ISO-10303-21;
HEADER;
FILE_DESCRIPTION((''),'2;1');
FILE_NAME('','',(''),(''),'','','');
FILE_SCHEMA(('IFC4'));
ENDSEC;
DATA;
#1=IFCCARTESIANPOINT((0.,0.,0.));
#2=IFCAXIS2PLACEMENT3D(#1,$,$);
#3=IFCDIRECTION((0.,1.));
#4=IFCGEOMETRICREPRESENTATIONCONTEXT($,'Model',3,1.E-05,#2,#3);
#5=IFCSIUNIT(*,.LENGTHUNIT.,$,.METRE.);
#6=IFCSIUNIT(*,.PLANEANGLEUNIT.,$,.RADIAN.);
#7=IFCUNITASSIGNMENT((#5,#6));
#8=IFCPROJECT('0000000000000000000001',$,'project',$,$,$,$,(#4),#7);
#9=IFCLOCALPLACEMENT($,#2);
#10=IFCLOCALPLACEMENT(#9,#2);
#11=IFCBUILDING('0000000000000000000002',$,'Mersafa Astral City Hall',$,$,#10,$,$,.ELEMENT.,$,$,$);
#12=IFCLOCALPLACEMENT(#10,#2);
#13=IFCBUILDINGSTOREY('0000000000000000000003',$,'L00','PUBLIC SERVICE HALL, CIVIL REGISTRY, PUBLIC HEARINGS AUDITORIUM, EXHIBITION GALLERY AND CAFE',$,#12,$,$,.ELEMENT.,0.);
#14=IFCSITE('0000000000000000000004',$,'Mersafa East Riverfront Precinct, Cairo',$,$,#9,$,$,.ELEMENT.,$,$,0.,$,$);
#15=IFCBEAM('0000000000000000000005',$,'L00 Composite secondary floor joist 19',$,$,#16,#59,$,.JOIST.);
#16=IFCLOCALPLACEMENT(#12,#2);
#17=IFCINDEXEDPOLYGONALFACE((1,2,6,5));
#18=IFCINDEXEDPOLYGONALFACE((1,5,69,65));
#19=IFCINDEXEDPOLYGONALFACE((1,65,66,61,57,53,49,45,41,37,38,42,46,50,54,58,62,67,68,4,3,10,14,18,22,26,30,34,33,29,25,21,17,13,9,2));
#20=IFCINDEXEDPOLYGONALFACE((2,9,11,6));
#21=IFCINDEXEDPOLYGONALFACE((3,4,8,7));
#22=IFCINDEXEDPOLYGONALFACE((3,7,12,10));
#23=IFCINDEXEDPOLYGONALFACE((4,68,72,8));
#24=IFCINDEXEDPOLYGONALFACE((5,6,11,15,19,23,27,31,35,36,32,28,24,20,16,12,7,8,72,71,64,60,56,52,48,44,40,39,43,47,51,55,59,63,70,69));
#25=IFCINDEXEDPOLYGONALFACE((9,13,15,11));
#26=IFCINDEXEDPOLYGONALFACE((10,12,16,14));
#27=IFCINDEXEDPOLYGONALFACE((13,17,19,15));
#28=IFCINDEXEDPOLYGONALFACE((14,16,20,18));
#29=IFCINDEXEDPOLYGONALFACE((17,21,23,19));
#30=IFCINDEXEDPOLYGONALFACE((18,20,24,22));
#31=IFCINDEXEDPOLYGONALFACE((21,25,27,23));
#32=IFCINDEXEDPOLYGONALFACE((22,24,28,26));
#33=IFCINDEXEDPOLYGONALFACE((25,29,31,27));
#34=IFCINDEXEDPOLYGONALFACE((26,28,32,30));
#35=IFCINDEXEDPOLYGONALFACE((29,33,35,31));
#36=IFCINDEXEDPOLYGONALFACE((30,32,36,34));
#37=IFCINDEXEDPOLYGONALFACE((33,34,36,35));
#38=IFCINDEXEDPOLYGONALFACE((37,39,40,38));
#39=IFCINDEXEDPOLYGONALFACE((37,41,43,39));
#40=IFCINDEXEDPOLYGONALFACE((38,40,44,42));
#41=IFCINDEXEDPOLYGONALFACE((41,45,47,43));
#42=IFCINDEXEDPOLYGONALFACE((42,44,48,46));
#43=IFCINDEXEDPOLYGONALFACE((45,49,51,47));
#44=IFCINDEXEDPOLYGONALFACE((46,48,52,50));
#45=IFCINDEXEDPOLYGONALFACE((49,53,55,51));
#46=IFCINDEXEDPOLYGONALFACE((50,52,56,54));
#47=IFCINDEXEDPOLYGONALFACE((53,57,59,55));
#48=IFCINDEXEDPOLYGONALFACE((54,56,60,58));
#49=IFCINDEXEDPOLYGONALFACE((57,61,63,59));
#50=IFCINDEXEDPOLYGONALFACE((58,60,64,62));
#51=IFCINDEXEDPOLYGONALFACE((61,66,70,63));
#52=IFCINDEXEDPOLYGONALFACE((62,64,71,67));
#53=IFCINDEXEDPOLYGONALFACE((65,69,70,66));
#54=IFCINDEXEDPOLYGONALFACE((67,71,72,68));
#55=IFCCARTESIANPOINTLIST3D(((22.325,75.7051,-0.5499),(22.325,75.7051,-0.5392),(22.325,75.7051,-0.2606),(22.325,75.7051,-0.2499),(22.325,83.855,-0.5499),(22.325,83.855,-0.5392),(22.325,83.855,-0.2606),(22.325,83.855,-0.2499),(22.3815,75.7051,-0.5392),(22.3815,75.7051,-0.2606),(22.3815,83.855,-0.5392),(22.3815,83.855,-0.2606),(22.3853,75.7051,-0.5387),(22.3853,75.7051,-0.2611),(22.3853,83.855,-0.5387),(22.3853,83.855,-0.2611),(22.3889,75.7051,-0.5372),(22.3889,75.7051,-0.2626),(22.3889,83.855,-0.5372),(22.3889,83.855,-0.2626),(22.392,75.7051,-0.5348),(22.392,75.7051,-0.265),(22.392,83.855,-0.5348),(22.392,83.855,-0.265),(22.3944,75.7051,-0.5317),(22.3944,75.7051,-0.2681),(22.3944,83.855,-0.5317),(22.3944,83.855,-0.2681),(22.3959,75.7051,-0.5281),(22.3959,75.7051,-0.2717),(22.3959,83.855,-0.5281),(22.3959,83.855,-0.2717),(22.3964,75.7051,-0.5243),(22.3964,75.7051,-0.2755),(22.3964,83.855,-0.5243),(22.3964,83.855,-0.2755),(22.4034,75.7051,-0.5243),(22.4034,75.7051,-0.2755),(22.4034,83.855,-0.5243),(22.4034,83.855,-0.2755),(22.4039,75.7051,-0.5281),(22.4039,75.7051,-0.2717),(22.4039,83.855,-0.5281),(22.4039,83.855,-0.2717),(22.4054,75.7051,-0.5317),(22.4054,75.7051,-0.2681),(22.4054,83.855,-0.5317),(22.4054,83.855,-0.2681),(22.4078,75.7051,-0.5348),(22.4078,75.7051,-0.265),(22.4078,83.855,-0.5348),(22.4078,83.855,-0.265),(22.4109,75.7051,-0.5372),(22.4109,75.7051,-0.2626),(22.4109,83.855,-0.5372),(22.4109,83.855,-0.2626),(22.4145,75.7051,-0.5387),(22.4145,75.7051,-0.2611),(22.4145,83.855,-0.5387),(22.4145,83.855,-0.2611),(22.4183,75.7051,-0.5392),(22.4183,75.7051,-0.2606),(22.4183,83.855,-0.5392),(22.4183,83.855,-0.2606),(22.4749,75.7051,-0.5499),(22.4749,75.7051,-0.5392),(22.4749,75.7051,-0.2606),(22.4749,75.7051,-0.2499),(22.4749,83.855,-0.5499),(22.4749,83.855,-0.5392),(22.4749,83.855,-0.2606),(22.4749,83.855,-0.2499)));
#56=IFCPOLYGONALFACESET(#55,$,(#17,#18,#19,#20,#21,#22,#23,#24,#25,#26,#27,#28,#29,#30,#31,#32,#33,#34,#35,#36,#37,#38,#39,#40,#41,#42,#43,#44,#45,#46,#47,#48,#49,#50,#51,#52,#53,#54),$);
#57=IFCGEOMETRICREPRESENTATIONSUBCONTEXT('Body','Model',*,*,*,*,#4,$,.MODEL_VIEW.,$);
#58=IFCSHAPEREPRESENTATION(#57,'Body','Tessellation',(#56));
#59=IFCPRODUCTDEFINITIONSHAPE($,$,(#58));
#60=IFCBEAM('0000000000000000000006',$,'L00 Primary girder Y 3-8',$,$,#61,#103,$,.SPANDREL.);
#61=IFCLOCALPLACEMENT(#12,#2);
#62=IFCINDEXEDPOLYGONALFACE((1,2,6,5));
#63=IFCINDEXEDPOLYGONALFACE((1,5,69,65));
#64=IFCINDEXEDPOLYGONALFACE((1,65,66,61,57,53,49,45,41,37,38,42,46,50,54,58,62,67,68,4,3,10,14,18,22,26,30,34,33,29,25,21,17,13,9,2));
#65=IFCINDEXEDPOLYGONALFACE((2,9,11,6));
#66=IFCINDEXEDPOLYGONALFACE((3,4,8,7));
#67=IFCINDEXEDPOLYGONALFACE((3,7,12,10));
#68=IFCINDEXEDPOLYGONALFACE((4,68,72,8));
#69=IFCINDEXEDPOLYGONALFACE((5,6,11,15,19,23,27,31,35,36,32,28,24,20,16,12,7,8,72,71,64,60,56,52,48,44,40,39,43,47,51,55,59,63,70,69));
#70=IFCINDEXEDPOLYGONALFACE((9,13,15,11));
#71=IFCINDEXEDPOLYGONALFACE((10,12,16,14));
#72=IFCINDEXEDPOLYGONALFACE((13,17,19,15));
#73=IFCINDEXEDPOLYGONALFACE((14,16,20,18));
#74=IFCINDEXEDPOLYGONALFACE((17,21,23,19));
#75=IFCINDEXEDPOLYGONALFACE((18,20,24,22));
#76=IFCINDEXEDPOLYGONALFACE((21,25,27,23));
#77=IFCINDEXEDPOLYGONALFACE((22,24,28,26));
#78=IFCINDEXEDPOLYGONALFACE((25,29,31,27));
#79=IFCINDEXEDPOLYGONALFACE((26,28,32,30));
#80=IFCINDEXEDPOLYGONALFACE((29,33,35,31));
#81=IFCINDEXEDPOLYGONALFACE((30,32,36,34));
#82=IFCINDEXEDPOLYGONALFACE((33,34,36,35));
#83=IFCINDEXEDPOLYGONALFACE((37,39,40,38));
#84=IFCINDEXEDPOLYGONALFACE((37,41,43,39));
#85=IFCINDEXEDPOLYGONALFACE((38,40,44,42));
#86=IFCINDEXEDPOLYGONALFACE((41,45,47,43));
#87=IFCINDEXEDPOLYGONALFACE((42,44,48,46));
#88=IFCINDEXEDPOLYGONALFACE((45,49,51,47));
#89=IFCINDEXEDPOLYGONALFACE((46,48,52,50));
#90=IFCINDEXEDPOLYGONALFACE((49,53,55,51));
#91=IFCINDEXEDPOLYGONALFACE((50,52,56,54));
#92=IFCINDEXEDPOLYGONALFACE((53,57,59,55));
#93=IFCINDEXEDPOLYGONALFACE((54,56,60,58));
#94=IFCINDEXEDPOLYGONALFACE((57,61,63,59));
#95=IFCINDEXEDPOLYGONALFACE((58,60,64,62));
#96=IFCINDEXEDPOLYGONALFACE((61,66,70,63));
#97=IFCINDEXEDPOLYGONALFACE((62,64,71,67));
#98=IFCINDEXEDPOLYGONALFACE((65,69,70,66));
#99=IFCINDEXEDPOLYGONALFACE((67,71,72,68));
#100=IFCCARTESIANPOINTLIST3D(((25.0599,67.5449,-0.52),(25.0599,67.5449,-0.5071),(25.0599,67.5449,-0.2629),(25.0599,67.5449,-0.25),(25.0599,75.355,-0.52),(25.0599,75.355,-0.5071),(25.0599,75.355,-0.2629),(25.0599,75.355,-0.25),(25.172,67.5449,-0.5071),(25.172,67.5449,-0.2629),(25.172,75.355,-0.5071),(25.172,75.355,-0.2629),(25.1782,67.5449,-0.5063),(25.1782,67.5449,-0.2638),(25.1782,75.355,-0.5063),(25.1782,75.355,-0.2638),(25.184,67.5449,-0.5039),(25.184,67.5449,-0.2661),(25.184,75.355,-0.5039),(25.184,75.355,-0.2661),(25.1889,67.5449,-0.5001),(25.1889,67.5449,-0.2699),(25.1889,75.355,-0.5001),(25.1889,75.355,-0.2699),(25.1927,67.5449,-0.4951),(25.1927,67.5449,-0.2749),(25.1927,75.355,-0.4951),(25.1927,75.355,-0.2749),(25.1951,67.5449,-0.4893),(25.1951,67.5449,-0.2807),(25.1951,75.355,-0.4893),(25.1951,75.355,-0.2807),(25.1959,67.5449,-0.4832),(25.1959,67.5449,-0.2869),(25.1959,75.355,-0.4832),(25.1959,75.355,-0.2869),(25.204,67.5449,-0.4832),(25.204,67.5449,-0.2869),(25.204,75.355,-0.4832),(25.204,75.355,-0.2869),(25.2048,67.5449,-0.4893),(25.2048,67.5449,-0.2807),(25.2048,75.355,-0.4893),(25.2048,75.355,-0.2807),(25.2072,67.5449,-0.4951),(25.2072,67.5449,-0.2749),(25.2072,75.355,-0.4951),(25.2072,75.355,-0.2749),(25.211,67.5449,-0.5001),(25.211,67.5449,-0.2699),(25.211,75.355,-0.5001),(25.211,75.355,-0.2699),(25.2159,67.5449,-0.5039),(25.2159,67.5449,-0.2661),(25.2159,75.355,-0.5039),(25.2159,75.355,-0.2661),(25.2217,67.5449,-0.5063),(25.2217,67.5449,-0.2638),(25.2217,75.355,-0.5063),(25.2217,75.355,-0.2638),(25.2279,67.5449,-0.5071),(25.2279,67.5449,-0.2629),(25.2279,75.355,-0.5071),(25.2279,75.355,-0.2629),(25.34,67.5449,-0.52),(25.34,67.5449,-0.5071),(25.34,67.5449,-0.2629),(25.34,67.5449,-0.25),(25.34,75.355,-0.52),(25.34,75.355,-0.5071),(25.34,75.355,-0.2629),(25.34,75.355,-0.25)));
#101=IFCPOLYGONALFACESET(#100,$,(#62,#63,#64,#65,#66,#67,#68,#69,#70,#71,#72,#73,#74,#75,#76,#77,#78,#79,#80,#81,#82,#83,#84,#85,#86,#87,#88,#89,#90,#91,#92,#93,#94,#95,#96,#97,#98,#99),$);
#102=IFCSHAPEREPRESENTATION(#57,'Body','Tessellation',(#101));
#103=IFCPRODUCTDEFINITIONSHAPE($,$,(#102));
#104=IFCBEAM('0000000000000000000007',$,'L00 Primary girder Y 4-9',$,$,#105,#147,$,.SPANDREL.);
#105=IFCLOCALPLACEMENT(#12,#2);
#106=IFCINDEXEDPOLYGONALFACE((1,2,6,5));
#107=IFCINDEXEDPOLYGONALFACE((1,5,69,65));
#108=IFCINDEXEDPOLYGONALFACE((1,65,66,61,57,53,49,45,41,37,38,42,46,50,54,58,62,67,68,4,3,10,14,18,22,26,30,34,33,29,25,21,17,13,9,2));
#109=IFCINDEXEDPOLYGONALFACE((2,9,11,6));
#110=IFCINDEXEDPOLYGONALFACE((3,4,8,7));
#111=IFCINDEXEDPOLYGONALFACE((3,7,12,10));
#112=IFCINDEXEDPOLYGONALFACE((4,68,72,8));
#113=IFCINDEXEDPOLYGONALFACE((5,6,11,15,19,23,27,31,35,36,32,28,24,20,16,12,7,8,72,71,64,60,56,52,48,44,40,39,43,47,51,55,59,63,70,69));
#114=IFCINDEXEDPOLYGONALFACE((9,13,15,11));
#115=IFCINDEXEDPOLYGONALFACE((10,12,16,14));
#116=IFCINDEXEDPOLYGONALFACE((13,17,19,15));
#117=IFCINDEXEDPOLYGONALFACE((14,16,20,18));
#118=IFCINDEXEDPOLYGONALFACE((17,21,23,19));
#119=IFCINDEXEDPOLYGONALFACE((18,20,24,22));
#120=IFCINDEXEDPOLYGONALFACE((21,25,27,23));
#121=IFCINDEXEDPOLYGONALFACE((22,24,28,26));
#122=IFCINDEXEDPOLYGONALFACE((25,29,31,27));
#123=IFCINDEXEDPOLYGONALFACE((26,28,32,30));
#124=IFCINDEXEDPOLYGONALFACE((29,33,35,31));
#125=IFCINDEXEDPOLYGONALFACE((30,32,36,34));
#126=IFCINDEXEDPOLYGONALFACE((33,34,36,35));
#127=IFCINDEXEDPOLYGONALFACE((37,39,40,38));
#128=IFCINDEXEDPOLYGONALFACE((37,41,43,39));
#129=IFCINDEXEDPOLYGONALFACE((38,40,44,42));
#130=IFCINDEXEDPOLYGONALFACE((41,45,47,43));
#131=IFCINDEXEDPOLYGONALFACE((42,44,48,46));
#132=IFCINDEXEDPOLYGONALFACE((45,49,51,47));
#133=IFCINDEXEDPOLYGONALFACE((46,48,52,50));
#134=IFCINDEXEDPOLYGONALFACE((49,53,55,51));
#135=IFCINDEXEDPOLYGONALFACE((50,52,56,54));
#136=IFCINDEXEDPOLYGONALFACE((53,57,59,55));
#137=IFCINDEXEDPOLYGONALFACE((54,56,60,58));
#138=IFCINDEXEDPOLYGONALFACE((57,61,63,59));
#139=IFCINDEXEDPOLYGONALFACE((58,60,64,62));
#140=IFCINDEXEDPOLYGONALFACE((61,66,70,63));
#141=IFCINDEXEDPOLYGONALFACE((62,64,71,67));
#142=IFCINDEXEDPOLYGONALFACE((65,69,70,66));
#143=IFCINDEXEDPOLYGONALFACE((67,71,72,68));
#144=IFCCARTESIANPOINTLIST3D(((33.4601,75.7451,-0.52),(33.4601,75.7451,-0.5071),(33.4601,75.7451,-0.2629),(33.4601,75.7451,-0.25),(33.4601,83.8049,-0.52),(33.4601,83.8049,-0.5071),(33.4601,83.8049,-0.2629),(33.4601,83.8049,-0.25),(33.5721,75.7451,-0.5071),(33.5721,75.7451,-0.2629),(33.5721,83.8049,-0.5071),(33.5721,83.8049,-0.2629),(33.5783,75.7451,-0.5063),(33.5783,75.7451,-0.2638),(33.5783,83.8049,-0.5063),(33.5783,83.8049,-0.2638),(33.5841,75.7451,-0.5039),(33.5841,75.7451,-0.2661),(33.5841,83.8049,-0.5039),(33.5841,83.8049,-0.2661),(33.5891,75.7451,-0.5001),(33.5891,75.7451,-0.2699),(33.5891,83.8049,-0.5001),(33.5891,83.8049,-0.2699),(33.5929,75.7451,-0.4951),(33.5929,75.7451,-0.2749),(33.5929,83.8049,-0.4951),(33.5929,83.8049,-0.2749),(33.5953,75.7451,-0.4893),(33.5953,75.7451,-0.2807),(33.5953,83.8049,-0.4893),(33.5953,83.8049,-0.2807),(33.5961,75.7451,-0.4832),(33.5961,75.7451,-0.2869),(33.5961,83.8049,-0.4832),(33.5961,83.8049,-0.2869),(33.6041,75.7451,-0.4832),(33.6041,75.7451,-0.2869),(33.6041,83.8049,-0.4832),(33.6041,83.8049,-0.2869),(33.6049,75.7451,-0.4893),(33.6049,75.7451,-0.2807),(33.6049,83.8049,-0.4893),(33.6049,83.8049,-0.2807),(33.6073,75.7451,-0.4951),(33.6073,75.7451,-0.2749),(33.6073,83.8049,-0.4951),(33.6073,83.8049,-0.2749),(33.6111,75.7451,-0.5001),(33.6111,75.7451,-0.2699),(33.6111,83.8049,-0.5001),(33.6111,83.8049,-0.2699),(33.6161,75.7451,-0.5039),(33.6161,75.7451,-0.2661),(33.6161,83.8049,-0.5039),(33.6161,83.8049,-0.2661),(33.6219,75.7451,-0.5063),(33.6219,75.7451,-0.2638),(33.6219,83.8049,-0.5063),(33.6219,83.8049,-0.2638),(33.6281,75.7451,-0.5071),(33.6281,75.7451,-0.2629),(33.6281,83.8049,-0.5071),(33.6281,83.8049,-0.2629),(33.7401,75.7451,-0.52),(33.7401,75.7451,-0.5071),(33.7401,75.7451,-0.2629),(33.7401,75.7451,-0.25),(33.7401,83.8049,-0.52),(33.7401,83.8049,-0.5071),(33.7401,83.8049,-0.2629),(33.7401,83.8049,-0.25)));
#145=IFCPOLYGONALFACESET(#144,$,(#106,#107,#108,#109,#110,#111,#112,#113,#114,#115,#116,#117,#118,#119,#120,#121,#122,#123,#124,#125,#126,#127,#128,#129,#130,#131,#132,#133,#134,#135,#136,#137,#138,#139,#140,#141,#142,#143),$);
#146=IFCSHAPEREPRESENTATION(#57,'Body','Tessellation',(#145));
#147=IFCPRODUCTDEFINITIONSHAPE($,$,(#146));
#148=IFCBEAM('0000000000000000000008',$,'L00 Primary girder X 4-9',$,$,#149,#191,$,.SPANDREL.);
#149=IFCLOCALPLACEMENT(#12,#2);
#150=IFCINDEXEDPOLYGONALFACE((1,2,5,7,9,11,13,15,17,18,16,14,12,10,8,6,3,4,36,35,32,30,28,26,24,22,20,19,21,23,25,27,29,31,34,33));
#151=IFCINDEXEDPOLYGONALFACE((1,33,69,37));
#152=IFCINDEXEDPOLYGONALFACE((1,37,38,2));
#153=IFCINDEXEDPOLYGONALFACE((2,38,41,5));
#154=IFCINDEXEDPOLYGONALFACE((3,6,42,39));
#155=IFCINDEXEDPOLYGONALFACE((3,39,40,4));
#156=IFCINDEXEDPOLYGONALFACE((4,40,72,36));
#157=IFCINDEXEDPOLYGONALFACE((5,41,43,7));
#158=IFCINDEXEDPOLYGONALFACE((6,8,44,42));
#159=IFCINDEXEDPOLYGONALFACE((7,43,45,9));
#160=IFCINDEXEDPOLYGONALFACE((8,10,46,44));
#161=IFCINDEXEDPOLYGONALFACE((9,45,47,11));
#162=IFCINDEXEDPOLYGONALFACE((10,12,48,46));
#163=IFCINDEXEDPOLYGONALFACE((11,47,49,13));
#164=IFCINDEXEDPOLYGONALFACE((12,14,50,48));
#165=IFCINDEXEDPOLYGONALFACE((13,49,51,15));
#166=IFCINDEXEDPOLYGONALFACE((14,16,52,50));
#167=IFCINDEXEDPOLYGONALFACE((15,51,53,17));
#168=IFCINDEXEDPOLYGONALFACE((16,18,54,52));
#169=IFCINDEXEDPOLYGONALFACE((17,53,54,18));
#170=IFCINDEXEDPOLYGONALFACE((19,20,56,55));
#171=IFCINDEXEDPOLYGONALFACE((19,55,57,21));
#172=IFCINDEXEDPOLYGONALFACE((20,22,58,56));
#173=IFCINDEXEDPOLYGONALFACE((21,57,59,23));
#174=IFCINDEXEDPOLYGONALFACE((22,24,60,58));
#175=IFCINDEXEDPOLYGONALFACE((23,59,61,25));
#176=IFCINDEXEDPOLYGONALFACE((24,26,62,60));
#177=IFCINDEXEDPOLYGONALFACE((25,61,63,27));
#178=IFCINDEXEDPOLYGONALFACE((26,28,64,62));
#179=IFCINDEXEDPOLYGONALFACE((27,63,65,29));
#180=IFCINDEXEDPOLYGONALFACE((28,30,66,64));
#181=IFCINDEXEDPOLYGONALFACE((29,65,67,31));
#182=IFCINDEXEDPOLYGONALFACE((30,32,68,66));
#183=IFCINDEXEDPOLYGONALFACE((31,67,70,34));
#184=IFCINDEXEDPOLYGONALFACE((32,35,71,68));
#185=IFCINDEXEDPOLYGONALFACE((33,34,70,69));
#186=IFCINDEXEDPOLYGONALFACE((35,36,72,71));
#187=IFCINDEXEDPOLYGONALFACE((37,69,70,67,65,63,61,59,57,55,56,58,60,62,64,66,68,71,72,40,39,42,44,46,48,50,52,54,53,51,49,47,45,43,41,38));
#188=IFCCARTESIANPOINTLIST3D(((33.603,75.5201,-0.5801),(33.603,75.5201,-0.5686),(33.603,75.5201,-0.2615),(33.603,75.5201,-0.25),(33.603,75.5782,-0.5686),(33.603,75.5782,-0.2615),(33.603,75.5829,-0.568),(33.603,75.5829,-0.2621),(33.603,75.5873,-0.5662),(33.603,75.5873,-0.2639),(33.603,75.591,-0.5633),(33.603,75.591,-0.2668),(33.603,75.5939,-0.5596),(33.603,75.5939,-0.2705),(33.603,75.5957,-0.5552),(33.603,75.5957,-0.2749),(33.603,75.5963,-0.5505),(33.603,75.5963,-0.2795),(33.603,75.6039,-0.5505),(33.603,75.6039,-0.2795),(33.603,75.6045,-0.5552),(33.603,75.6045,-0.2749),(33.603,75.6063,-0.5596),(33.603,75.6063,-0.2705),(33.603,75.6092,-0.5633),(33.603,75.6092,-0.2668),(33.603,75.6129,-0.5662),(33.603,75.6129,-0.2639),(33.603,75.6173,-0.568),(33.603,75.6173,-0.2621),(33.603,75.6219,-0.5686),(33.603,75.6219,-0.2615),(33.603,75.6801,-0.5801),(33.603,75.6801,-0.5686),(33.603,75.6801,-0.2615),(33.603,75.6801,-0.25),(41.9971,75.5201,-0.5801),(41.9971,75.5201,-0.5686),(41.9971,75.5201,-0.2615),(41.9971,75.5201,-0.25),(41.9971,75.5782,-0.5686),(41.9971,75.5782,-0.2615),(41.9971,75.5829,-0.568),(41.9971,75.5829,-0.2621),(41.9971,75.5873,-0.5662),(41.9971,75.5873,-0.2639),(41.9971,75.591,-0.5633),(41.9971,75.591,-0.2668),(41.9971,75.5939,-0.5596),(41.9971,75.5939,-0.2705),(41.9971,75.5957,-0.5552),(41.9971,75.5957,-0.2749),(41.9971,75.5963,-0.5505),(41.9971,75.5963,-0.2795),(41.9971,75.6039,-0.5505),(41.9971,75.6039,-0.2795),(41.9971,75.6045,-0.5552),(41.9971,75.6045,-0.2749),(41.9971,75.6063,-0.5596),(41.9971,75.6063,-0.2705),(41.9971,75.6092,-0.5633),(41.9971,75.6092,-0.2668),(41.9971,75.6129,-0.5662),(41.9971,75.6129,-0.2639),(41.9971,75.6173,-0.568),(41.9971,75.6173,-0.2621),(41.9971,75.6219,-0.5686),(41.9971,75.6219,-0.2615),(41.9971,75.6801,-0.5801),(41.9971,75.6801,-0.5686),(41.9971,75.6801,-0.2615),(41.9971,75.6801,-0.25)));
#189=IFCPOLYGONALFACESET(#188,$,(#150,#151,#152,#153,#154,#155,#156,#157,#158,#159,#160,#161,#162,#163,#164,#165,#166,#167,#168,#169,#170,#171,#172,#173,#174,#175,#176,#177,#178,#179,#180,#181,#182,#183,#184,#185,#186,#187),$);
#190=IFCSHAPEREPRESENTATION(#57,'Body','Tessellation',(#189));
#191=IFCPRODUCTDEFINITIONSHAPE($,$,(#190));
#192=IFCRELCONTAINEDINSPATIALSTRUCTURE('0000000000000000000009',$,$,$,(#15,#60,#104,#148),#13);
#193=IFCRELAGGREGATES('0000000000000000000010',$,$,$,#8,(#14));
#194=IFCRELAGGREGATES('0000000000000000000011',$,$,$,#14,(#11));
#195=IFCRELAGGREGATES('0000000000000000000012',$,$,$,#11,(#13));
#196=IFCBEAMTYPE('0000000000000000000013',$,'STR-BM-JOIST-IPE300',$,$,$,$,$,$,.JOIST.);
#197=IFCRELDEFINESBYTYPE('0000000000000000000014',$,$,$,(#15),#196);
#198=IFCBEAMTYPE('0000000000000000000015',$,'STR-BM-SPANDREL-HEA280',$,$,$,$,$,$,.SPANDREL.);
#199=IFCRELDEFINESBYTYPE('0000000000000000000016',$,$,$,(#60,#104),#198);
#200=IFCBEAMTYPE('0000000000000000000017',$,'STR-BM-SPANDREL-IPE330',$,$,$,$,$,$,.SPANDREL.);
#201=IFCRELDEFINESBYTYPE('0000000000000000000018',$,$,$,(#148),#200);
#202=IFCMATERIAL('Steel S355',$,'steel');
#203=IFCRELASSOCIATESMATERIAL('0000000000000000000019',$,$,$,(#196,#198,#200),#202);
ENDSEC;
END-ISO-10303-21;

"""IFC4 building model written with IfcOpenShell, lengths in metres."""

from ifc_helpers import new_model, si_unit, direction, frame, origin, origin_2d, place, context, subcontext, project, spatial, i_section, extrude, material, material_profile, profile_set, type_object, element, save


model = new_model("IFC4")

# Units and contexts
model_context = context("Model", 3, precision=1e-05, world=origin(), true_north=direction((0.0, 1.0)))
body_context = subcontext(model_context, "Body", "Model", "MODEL_VIEW")
ifc_project = project(units=[si_unit("LENGTHUNIT", "METRE"), si_unit("PLANEANGLEUNIT", "RADIAN")], contexts=[model_context])

# Site, building, storey
site_placement = place(None, origin())
site = spatial("IfcSite", under=ifc_project, at=site_placement, Name="Mersafa East Riverfront Precinct, Cairo", CompositionType="ELEMENT", RefElevation=0.0)
building_placement = place(site_placement, origin())
building = spatial("IfcBuilding", under=site, at=building_placement, Name="Mersafa Astral City Hall", CompositionType="ELEMENT")
storey_placement = place(building_placement, origin())
storey = spatial("IfcBuildingStorey", under=building, at=storey_placement, Name="L00", Description="PUBLIC SERVICE HALL, CIVIL REGISTRY, PUBLIC HEARINGS AUDITORIUM, EXHIBITION GALLERY AND CAFE", CompositionType="ELEMENT", Elevation=0.0)

# Shared definitions
ifc_material_1 = material(Name="Steel S355", Category="steel")

# Beams
ifc_material_profile_1 = material_profile(ifc_material_1, i_section(OverallWidth=0.1499, OverallDepth=0.3, WebThickness=0.0071, FlangeThickness=0.0107, FilletRadius=0.0149, at=origin_2d()), Name="IPE 300")
ifc_profile_set_1 = profile_set([ifc_material_profile_1], Name="Steel S355")
beam_type_1 = type_object("IfcBeamType", Name="STR-BM-JOIST-IPE300", PredefinedType="JOIST", material=ifc_profile_set_1)
for number, where, z_axis, x_axis, name in (
    (1, (22.3999, 75.7051, -0.3999), (0.0, 1.0, 0.0), (-1.0, 0.0, 0.0), "L00 Composite secondary floor joist 19"),
):
    element("IfcBeam", number, at=place(storey_placement, frame(where, z_axis=z_axis, x_axis=x_axis)), inside=storey, type_object=beam_type_1, Name=name, PredefinedType="JOIST", context=body_context, shape_type="SweptSolid", body=[
        extrude(i_section(OverallWidth=0.1499, OverallDepth=0.3, WebThickness=0.0071, FlangeThickness=0.0107, FilletRadius=0.0149, at=origin_2d()), origin(), (0.0, 0.0, 1.0), 8.1499),
    ])
ifc_material_profile_2 = material_profile(ifc_material_1, i_section(OverallWidth=0.28, OverallDepth=0.27, WebThickness=0.0081, FlangeThickness=0.0129, FilletRadius=0.0239, at=origin_2d()), Name="HEA 280")
ifc_profile_set_2 = profile_set([ifc_material_profile_2], Name="Steel S355")
beam_type_2 = type_object("IfcBeamType", Name="STR-BM-SPANDREL-HEA280", PredefinedType="SPANDREL", material=ifc_profile_set_2)
beam_1_placement = place(storey_placement, frame((25.2, 67.5449, -0.385), z_axis=(0.0, 1.0, 0.0), x_axis=(-1.0, 0.0, 0.0)))
element("IfcBeam", 2, at=beam_1_placement, inside=storey, type_object=beam_type_2, Name="L00 Primary girder Y 3-8", PredefinedType="SPANDREL", context=body_context, shape_type="SweptSolid", body=[
    extrude(i_section(OverallWidth=0.28, OverallDepth=0.27, WebThickness=0.0081, FlangeThickness=0.0129, FilletRadius=0.0239, at=origin_2d()), origin(), (0.0, 0.0, 1.0), 7.8101),
])
beam_2_placement = place(storey_placement, frame((33.6001, 75.7451, -0.385), z_axis=(0.0, 1.0, 0.0), x_axis=(-1.0, 0.0, 0.0)))
element("IfcBeam", 3, at=beam_2_placement, inside=storey, type_object=beam_type_2, Name="L00 Primary girder Y 4-9", PredefinedType="SPANDREL", context=body_context, shape_type="SweptSolid", body=[
    extrude(i_section(OverallWidth=0.28, OverallDepth=0.27, WebThickness=0.0081, FlangeThickness=0.0129, FilletRadius=0.0239, at=origin_2d()), origin(), (0.0, 0.0, 1.0), 8.0598),
])
ifc_material_profile_3 = material_profile(ifc_material_1, i_section(OverallWidth=0.1599, OverallDepth=0.3301, WebThickness=0.0076, FlangeThickness=0.0115, FilletRadius=0.0181, at=origin_2d()), Name="IPE 330")
ifc_profile_set_3 = profile_set([ifc_material_profile_3], Name="Steel S355")
beam_type_3 = type_object("IfcBeamType", Name="STR-BM-SPANDREL-IPE330", PredefinedType="SPANDREL", material=ifc_profile_set_3)
beam_3_placement = place(storey_placement, frame((33.603, 75.6001, -0.415), z_axis=(1.0, 0.0, 0.0), x_axis=(0.0, 1.0, 0.0)))
element("IfcBeam", 4, at=beam_3_placement, inside=storey, type_object=beam_type_3, Name="L00 Primary girder X 4-9", PredefinedType="SPANDREL", context=body_context, shape_type="SweptSolid", body=[
    extrude(i_section(OverallWidth=0.1599, OverallDepth=0.3301, WebThickness=0.0076, FlangeThickness=0.0115, FilletRadius=0.0181, at=origin_2d()), origin(), (0.0, 0.0, 1.0), 8.394),
])

save(model, "model.ifc")
